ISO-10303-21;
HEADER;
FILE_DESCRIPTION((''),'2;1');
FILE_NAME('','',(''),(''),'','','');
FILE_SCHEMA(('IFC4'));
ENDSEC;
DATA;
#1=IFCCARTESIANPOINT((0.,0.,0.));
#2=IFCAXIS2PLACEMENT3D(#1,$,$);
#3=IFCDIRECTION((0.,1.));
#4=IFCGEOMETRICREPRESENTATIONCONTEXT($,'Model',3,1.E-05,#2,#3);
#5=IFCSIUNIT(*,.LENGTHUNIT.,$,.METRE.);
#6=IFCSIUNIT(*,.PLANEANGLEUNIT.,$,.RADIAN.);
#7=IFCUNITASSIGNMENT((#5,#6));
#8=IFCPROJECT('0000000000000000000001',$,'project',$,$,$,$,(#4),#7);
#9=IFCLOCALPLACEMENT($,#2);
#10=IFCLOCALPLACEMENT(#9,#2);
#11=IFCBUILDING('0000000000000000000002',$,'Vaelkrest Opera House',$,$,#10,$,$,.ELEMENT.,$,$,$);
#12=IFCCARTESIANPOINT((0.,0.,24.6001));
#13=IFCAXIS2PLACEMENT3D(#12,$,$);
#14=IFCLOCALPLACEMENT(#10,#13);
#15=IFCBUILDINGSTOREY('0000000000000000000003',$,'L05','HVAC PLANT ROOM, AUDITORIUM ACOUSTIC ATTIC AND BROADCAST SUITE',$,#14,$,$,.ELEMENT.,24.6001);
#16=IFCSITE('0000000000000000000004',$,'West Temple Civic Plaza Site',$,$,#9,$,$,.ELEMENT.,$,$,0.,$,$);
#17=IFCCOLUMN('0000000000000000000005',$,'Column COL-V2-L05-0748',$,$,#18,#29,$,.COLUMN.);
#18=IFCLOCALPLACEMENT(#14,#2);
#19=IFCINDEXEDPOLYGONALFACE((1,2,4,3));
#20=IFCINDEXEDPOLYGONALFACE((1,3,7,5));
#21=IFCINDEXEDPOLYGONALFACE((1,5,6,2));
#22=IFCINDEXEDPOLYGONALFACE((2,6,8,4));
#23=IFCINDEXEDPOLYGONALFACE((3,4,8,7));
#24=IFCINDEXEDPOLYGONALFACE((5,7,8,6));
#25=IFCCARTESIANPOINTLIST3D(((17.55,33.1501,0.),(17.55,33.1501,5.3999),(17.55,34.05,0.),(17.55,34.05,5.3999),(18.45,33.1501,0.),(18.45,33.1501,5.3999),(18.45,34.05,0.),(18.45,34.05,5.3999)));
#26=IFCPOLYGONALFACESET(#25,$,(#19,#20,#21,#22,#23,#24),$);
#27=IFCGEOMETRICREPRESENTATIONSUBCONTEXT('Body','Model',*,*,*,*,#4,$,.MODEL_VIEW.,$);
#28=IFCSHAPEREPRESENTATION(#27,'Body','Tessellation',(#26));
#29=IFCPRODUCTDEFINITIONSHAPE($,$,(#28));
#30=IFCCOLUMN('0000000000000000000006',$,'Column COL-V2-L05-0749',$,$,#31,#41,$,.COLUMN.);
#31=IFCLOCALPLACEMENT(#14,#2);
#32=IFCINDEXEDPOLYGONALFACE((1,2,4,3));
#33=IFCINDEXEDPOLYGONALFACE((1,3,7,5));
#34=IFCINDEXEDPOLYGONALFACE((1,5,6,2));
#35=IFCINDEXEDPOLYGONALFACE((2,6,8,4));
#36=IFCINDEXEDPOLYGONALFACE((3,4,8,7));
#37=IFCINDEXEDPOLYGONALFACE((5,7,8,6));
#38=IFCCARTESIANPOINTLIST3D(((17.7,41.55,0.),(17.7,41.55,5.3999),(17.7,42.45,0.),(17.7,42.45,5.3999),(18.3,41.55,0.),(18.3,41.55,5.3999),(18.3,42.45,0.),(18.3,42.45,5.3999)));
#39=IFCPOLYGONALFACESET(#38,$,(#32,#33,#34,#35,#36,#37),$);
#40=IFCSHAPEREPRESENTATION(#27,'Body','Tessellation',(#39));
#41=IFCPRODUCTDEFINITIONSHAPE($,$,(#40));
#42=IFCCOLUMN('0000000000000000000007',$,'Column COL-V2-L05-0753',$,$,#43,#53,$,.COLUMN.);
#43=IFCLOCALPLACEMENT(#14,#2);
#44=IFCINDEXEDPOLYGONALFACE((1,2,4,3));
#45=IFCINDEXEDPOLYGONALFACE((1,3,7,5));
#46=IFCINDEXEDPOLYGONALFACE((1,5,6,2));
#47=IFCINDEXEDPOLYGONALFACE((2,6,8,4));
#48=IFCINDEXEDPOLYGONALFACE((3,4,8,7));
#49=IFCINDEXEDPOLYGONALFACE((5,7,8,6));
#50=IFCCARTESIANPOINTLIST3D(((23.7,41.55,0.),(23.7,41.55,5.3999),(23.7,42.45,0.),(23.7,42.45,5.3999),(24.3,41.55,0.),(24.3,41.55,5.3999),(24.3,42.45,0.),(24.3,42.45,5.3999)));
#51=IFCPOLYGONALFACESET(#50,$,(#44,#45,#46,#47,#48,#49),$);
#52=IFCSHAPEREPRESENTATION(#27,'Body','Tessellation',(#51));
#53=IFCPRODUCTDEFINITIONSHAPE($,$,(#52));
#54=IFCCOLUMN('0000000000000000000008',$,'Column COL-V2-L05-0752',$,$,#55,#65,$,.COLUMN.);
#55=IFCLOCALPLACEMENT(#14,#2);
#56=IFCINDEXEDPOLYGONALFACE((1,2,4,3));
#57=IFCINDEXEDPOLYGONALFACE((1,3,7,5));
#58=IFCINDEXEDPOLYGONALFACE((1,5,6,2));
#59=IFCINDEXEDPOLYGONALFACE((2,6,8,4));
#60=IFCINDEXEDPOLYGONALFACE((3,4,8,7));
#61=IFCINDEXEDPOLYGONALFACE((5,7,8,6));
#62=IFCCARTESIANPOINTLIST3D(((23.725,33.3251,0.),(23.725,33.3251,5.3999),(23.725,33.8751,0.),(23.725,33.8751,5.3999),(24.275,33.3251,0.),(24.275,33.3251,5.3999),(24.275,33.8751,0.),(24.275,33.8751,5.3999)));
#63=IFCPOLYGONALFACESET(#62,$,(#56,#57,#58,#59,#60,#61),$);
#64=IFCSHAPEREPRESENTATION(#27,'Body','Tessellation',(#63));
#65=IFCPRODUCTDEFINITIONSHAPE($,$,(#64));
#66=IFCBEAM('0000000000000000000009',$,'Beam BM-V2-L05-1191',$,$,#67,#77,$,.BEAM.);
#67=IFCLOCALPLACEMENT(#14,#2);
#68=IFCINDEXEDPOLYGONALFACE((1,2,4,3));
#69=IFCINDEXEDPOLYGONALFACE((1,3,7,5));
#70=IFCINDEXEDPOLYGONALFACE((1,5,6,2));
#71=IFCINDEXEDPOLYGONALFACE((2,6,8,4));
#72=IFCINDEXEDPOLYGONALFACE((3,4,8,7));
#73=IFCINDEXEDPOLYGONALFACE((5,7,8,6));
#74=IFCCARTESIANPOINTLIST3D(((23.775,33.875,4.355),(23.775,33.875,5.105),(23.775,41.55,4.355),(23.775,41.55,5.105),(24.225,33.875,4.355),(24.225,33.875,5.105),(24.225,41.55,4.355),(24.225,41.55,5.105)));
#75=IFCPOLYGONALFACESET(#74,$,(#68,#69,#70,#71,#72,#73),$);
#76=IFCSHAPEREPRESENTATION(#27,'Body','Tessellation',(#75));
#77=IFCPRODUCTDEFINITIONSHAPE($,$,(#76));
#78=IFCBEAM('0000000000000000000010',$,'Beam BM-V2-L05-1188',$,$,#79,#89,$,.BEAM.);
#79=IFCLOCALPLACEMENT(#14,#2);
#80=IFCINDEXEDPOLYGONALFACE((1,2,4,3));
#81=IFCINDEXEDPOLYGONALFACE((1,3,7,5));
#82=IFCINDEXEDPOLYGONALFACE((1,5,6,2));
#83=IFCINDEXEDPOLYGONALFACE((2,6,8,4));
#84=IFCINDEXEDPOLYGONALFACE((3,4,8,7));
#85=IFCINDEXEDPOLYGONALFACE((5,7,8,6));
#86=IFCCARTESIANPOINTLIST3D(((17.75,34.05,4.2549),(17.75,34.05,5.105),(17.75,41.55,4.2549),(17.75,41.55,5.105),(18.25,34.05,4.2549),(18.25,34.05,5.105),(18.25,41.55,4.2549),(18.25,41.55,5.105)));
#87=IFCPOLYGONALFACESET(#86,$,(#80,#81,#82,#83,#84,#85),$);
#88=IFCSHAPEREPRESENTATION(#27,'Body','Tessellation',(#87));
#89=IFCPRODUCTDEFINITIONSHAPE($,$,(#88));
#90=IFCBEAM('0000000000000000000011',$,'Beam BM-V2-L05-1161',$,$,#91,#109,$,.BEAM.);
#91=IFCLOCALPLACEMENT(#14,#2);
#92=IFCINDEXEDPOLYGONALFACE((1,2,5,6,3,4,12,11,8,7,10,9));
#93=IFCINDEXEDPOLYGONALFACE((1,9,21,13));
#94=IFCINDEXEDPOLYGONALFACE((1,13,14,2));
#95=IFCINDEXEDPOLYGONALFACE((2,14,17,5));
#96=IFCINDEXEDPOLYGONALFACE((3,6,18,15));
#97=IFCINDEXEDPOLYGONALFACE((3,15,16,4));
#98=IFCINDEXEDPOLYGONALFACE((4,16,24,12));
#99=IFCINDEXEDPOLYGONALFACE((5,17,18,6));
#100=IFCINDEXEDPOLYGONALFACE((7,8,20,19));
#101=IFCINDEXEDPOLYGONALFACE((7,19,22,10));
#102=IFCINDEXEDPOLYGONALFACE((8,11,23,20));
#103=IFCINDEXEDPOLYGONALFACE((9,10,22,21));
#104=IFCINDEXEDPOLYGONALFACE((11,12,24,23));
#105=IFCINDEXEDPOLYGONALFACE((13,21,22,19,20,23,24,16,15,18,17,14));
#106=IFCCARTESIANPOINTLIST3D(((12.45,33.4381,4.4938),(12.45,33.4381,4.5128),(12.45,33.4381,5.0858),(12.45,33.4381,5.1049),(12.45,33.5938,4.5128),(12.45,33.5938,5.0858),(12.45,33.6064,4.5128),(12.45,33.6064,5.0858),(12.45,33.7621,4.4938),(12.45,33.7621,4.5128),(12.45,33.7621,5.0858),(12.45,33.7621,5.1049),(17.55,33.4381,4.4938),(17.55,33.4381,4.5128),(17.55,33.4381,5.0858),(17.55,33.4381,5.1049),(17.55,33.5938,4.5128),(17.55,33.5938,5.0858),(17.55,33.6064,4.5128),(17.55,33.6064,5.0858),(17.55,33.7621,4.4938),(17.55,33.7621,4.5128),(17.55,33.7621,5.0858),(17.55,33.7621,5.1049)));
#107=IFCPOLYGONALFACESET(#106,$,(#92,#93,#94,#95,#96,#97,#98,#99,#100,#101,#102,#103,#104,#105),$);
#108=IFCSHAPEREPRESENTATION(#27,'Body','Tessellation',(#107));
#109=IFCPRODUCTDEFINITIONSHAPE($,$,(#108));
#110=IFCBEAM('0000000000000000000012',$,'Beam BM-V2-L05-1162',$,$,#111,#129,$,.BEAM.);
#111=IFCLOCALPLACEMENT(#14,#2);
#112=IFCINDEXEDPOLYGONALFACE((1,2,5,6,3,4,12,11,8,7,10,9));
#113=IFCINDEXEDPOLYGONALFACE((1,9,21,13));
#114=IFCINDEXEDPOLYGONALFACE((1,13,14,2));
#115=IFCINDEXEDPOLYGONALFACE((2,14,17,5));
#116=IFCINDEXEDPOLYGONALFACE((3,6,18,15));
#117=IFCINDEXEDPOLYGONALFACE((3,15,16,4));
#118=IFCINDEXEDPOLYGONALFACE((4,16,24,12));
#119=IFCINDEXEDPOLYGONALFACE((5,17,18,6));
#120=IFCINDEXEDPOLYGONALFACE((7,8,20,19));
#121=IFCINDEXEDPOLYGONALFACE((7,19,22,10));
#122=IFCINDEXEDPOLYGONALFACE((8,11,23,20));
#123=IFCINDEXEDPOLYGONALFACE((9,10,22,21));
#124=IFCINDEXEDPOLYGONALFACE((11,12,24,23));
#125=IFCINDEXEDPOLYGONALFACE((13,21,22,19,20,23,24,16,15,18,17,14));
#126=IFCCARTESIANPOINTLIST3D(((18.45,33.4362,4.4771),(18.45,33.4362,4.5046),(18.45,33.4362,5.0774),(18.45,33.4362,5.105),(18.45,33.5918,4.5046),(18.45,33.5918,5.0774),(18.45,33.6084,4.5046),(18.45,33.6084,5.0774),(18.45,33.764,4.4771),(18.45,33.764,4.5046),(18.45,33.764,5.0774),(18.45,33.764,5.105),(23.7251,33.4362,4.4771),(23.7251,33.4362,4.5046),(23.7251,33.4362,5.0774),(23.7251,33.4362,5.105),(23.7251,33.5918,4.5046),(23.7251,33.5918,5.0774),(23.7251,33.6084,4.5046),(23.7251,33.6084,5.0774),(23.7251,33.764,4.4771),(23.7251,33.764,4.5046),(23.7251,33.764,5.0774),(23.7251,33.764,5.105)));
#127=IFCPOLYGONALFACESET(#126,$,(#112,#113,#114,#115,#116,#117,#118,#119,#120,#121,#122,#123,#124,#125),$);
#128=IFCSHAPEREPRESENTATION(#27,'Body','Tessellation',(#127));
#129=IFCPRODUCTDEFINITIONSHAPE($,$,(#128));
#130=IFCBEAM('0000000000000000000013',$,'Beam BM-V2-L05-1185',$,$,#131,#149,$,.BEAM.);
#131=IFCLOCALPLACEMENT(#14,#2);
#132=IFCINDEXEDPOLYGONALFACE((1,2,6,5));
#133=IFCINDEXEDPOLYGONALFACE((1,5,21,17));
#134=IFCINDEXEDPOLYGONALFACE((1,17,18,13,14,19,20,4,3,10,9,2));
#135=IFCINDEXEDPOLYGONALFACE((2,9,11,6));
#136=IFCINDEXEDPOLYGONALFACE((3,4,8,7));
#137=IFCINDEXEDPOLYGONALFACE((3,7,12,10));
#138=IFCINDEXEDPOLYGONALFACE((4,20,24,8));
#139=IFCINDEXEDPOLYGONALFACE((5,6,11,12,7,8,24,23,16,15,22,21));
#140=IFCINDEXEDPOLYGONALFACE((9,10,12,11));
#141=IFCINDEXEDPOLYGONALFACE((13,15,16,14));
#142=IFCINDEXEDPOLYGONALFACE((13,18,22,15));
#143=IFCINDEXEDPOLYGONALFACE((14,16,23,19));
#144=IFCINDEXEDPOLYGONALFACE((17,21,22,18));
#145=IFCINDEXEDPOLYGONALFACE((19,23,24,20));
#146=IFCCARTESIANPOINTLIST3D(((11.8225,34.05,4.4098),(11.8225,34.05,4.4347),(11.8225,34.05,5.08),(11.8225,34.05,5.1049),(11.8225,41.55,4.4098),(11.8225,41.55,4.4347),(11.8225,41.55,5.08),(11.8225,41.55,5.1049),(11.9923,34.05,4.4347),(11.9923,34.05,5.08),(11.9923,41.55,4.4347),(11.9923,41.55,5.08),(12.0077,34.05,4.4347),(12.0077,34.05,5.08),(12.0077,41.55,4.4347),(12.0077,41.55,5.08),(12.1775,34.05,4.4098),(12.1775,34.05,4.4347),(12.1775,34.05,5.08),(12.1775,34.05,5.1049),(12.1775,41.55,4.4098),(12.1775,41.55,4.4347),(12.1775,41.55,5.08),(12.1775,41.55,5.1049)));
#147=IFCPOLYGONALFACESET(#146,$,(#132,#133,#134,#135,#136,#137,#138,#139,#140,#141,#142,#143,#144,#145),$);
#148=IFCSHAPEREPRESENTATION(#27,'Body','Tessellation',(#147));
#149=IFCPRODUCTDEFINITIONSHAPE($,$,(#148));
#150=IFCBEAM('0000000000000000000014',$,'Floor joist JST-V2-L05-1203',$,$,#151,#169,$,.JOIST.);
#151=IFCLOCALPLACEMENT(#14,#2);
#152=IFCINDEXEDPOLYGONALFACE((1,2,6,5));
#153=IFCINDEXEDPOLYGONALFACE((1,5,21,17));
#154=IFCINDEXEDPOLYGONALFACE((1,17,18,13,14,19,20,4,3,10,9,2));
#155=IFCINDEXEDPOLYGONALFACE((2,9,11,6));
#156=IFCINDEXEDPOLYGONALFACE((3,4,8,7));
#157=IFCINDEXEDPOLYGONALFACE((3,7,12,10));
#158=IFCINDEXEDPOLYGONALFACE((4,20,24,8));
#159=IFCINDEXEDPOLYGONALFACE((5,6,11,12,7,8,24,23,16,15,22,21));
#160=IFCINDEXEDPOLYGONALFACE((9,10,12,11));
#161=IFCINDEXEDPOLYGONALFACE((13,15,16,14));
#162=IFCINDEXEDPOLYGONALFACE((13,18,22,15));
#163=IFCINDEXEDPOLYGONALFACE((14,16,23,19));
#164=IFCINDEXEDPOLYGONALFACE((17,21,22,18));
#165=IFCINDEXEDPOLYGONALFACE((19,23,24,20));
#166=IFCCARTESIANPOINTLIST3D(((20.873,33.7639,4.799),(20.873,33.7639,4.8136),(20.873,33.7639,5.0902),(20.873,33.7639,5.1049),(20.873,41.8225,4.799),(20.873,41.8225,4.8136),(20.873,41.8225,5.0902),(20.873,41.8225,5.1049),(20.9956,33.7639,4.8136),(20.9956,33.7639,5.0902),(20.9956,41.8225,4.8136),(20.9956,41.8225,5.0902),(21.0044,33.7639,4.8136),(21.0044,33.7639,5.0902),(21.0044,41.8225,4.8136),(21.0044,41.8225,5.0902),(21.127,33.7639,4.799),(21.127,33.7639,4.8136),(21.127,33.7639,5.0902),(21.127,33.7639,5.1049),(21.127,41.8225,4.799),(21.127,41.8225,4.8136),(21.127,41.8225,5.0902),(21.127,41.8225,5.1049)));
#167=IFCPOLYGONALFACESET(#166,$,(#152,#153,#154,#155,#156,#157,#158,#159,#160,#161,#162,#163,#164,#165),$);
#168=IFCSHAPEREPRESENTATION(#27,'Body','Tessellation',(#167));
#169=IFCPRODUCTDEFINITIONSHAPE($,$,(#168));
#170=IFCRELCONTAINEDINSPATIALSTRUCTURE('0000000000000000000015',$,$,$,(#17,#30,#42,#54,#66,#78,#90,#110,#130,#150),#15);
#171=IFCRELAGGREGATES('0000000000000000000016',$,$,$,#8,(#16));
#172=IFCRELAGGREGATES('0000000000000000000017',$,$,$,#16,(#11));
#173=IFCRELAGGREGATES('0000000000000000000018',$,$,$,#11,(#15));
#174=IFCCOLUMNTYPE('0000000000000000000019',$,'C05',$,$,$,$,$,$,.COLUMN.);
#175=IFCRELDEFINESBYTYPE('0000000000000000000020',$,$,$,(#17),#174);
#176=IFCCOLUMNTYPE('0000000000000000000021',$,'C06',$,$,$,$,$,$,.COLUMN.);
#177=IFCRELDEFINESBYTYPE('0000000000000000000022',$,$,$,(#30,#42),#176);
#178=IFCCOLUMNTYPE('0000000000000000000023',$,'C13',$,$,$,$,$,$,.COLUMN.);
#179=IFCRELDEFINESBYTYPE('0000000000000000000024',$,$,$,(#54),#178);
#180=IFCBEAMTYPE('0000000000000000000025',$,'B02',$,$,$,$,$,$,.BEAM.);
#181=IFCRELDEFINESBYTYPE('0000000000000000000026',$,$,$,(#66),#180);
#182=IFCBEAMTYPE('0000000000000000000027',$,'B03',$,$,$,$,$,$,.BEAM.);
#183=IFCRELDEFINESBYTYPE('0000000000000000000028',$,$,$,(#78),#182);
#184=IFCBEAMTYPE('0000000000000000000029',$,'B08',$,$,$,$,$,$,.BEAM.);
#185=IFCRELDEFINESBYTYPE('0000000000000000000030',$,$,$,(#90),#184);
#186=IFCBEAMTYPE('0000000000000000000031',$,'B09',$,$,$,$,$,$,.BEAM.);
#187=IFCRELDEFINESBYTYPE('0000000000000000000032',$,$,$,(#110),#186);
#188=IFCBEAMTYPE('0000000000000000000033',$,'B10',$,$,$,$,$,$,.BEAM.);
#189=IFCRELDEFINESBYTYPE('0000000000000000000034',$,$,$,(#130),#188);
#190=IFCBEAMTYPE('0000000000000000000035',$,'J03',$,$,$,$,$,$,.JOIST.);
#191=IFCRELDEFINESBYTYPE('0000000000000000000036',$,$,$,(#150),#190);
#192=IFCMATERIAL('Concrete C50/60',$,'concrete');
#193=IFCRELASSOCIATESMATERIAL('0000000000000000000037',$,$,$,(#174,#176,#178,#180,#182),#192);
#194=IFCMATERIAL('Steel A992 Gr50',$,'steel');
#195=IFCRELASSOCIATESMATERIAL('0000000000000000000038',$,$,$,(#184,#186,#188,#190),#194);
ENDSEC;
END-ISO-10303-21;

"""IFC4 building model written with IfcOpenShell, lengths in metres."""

from ifc_helpers import new_model, si_unit, direction, frame, origin, origin_2d, place, context, subcontext, project, spatial, rectangle, i_section, extrude, material, material_profile, profile_set, type_object, element, save


model = new_model("IFC4")

# Units and contexts
model_context = context("Model", 3, precision=1e-05, world=origin(), true_north=direction((0.0, 1.0)))
body_context = subcontext(model_context, "Body", "Model", "MODEL_VIEW")
ifc_project = project(units=[si_unit("LENGTHUNIT", "METRE"), si_unit("PLANEANGLEUNIT", "RADIAN")], contexts=[model_context])

# Site, building, storey
site_placement = place(None, origin())
site = spatial("IfcSite", under=ifc_project, at=site_placement, Name="West Temple Civic Plaza Site", CompositionType="ELEMENT", RefElevation=0.0)
building_placement = place(site_placement, origin())
building = spatial("IfcBuilding", under=site, at=building_placement, Name="Vaelkrest Opera House", CompositionType="ELEMENT")
storey_placement = place(building_placement, frame((0.0, 0.0, 24.6001)))
storey = spatial("IfcBuildingStorey", under=building, at=storey_placement, Name="L05", Description="HVAC PLANT ROOM, AUDITORIUM ACOUSTIC ATTIC AND BROADCAST SUITE", CompositionType="ELEMENT", Elevation=24.6001)

# Columns
ifc_material_1 = material(Name="Concrete C50/60", Category="concrete")
ifc_material_profile_1 = material_profile(ifc_material_1, rectangle(XDim=0.8999, YDim=0.8999, at=origin_2d()), Name="RC900X900")
ifc_profile_set_1 = profile_set([ifc_material_profile_1], Name="Concrete C50/60")
column_type_1 = type_object("IfcColumnType", Name="C05", PredefinedType="COLUMN", material=ifc_profile_set_1)
column_1_placement = place(storey_placement, frame((18.0, 33.6001, 0.0), z_axis=(0.0, 0.0, 1.0), x_axis=(1.0, 0.0, 0.0)))
element("IfcColumn", 1, at=column_1_placement, inside=storey, type_object=column_type_1, Name="Column COL-V2-L05-0748", PredefinedType="COLUMN", context=body_context, shape_type="SweptSolid", body=[
    extrude(rectangle(XDim=0.8999, YDim=0.8999, at=origin_2d()), origin(), (0.0, 0.0, 1.0), 5.3999),
])
ifc_material_profile_2 = material_profile(ifc_material_1, rectangle(XDim=0.6001, YDim=0.8999, at=origin_2d()), Name="RC600X900")
ifc_profile_set_2 = profile_set([ifc_material_profile_2], Name="Concrete C50/60")
column_type_2 = type_object("IfcColumnType", Name="C06", PredefinedType="COLUMN", material=ifc_profile_set_2)
for number, where, z_axis, x_axis, name in (
    (2, (18.0, 42.0, 0.0), (0.0, 0.0, 1.0), (1.0, 0.0, 0.0), "Column COL-V2-L05-0749"),
    (3, (24.0, 42.0, 0.0), (0.0, 0.0, 1.0), (1.0, 0.0, 0.0), "Column COL-V2-L05-0753"),
):
    element("IfcColumn", number, at=place(storey_placement, frame(where, z_axis=z_axis, x_axis=x_axis)), inside=storey, type_object=column_type_2, Name=name, PredefinedType="COLUMN", context=body_context, shape_type="SweptSolid", body=[
        extrude(rectangle(XDim=0.6001, YDim=0.8999, at=origin_2d()), origin(), (0.0, 0.0, 1.0), 5.3999),
    ])
ifc_material_profile_3 = material_profile(ifc_material_1, rectangle(XDim=0.55, YDim=0.55, at=origin_2d()), Name="RC550X550")
ifc_profile_set_3 = profile_set([ifc_material_profile_3], Name="Concrete C50/60")
column_type_3 = type_object("IfcColumnType", Name="C13", PredefinedType="COLUMN", material=ifc_profile_set_3)
column_2_placement = place(storey_placement, frame((24.0, 33.6001, 0.0), z_axis=(0.0, 0.0, 1.0), x_axis=(1.0, 0.0, 0.0)))
element("IfcColumn", 4, at=column_2_placement, inside=storey, type_object=column_type_3, Name="Column COL-V2-L05-0752", PredefinedType="COLUMN", context=body_context, shape_type="SweptSolid", body=[
    extrude(rectangle(XDim=0.55, YDim=0.55, at=origin_2d()), origin(), (0.0, 0.0, 1.0), 5.3999),
])

# Beams
ifc_material_profile_4 = material_profile(ifc_material_1, rectangle(XDim=0.45, YDim=0.75, at=origin_2d()), Name="RCB450X750")
ifc_profile_set_4 = profile_set([ifc_material_profile_4], Name="Concrete C50/60")
beam_type_1 = type_object("IfcBeamType", Name="B02", PredefinedType="BEAM", material=ifc_profile_set_4)
beam_1_placement = place(storey_placement, frame((24.0, 33.875, 4.73), z_axis=(0.0, 1.0, 0.0), x_axis=(-1.0, 0.0, 0.0)))
element("IfcBeam", 5, at=beam_1_placement, inside=storey, type_object=beam_type_1, Name="Beam BM-V2-L05-1191", PredefinedType="BEAM", context=body_context, shape_type="SweptSolid", body=[
    extrude(rectangle(XDim=0.45, YDim=0.75, at=origin_2d()), origin(), (0.0, 0.0, 1.0), 7.675),
])
ifc_material_profile_5 = material_profile(ifc_material_1, rectangle(XDim=0.5, YDim=0.8501, at=origin_2d()), Name="RCB500X850")
ifc_profile_set_5 = profile_set([ifc_material_profile_5], Name="Concrete C50/60")
beam_type_2 = type_object("IfcBeamType", Name="B03", PredefinedType="BEAM", material=ifc_profile_set_5)
beam_2_placement = place(storey_placement, frame((18.0, 34.05, 4.6799), z_axis=(0.0, 1.0, 0.0), x_axis=(-1.0, 0.0, 0.0)))
element("IfcBeam", 6, at=beam_2_placement, inside=storey, type_object=beam_type_2, Name="Beam BM-V2-L05-1188", PredefinedType="BEAM", context=body_context, shape_type="SweptSolid", body=[
    extrude(rectangle(XDim=0.5, YDim=0.8501, at=origin_2d()), origin(), (0.0, 0.0, 1.0), 7.5),
])
ifc_material_2 = material(Name="Steel A992 Gr50", Category="steel")
ifc_material_profile_6 = material_profile(ifc_material_2, i_section(OverallWidth=0.324, OverallDepth=0.6111, WebThickness=0.0127, FlangeThickness=0.019, at=origin_2d()), Name="W24X104")
ifc_profile_set_6 = profile_set([ifc_material_profile_6], Name="Steel A992 Gr50")
beam_type_3 = type_object("IfcBeamType", Name="B08", PredefinedType="BEAM", material=ifc_profile_set_6)
beam_3_placement = place(storey_placement, frame((12.45, 33.6001, 4.7993), z_axis=(1.0, 0.0, 0.0), x_axis=(0.0, 1.0, 0.0)))
element("IfcBeam", 7, at=beam_3_placement, inside=storey, type_object=beam_type_3, Name="Beam BM-V2-L05-1161", PredefinedType="BEAM", context=body_context, shape_type="SweptSolid", body=[
    extrude(i_section(OverallWidth=0.324, OverallDepth=0.6111, WebThickness=0.0127, FlangeThickness=0.019, at=origin_2d()), origin(), (0.0, 0.0, 1.0), 5.1001),
])
ifc_material_profile_7 = material_profile(ifc_material_2, i_section(OverallWidth=0.3279, OverallDepth=0.6279, WebThickness=0.0166, FlangeThickness=0.0276, at=origin_2d()), Name="W24X146")
ifc_profile_set_7 = profile_set([ifc_material_profile_7], Name="Steel A992 Gr50")
beam_type_4 = type_object("IfcBeamType", Name="B09", PredefinedType="BEAM", material=ifc_profile_set_7)
beam_4_placement = place(storey_placement, frame((18.45, 33.6001, 4.791), z_axis=(1.0, 0.0, 0.0), x_axis=(0.0, 1.0, 0.0)))
element("IfcBeam", 8, at=beam_4_placement, inside=storey, type_object=beam_type_4, Name="Beam BM-V2-L05-1162", PredefinedType="BEAM", context=body_context, shape_type="SweptSolid", body=[
    extrude(i_section(OverallWidth=0.3279, OverallDepth=0.6279, WebThickness=0.0166, FlangeThickness=0.0276, at=origin_2d()), origin(), (0.0, 0.0, 1.0), 5.2751),
])
ifc_material_profile_8 = material_profile(ifc_material_2, i_section(OverallWidth=0.355, OverallDepth=0.6951, WebThickness=0.0154, FlangeThickness=0.0249, at=origin_2d()), Name="W27X146")
ifc_profile_set_8 = profile_set([ifc_material_profile_8], Name="Steel A992 Gr50")
beam_type_5 = type_object("IfcBeamType", Name="B10", PredefinedType="BEAM", material=ifc_profile_set_8)
beam_5_placement = place(storey_placement, frame((12.0, 34.05, 4.7573), z_axis=(0.0, 1.0, 0.0), x_axis=(-1.0, 0.0, 0.0)))
element("IfcBeam", 9, at=beam_5_placement, inside=storey, type_object=beam_type_5, Name="Beam BM-V2-L05-1185", PredefinedType="BEAM", context=body_context, shape_type="SweptSolid", body=[
    extrude(i_section(OverallWidth=0.355, OverallDepth=0.6951, WebThickness=0.0154, FlangeThickness=0.0249, at=origin_2d()), origin(), (0.0, 0.0, 1.0), 7.5),
])
ifc_material_profile_9 = material_profile(ifc_material_2, i_section(OverallWidth=0.2539, OverallDepth=0.3059, WebThickness=0.0088, FlangeThickness=0.0146, at=origin_2d()), Name="W12X53")
ifc_profile_set_9 = profile_set([ifc_material_profile_9], Name="Steel A992 Gr50")
beam_type_6 = type_object("IfcBeamType", Name="J03", PredefinedType="JOIST", material=ifc_profile_set_9)
beam_6_placement = place(storey_placement, frame((21.0, 33.7639, 4.9519), z_axis=(0.0, 1.0, 0.0), x_axis=(-1.0, 0.0, 0.0)))
element("IfcBeam", 10, at=beam_6_placement, inside=storey, type_object=beam_type_6, Name="Floor joist JST-V2-L05-1203", PredefinedType="JOIST", context=body_context, shape_type="SweptSolid", body=[
    extrude(i_section(OverallWidth=0.2539, OverallDepth=0.3059, WebThickness=0.0088, FlangeThickness=0.0146, at=origin_2d()), origin(), (0.0, 0.0, 1.0), 8.0586),
])

save(model, "model.ifc")
